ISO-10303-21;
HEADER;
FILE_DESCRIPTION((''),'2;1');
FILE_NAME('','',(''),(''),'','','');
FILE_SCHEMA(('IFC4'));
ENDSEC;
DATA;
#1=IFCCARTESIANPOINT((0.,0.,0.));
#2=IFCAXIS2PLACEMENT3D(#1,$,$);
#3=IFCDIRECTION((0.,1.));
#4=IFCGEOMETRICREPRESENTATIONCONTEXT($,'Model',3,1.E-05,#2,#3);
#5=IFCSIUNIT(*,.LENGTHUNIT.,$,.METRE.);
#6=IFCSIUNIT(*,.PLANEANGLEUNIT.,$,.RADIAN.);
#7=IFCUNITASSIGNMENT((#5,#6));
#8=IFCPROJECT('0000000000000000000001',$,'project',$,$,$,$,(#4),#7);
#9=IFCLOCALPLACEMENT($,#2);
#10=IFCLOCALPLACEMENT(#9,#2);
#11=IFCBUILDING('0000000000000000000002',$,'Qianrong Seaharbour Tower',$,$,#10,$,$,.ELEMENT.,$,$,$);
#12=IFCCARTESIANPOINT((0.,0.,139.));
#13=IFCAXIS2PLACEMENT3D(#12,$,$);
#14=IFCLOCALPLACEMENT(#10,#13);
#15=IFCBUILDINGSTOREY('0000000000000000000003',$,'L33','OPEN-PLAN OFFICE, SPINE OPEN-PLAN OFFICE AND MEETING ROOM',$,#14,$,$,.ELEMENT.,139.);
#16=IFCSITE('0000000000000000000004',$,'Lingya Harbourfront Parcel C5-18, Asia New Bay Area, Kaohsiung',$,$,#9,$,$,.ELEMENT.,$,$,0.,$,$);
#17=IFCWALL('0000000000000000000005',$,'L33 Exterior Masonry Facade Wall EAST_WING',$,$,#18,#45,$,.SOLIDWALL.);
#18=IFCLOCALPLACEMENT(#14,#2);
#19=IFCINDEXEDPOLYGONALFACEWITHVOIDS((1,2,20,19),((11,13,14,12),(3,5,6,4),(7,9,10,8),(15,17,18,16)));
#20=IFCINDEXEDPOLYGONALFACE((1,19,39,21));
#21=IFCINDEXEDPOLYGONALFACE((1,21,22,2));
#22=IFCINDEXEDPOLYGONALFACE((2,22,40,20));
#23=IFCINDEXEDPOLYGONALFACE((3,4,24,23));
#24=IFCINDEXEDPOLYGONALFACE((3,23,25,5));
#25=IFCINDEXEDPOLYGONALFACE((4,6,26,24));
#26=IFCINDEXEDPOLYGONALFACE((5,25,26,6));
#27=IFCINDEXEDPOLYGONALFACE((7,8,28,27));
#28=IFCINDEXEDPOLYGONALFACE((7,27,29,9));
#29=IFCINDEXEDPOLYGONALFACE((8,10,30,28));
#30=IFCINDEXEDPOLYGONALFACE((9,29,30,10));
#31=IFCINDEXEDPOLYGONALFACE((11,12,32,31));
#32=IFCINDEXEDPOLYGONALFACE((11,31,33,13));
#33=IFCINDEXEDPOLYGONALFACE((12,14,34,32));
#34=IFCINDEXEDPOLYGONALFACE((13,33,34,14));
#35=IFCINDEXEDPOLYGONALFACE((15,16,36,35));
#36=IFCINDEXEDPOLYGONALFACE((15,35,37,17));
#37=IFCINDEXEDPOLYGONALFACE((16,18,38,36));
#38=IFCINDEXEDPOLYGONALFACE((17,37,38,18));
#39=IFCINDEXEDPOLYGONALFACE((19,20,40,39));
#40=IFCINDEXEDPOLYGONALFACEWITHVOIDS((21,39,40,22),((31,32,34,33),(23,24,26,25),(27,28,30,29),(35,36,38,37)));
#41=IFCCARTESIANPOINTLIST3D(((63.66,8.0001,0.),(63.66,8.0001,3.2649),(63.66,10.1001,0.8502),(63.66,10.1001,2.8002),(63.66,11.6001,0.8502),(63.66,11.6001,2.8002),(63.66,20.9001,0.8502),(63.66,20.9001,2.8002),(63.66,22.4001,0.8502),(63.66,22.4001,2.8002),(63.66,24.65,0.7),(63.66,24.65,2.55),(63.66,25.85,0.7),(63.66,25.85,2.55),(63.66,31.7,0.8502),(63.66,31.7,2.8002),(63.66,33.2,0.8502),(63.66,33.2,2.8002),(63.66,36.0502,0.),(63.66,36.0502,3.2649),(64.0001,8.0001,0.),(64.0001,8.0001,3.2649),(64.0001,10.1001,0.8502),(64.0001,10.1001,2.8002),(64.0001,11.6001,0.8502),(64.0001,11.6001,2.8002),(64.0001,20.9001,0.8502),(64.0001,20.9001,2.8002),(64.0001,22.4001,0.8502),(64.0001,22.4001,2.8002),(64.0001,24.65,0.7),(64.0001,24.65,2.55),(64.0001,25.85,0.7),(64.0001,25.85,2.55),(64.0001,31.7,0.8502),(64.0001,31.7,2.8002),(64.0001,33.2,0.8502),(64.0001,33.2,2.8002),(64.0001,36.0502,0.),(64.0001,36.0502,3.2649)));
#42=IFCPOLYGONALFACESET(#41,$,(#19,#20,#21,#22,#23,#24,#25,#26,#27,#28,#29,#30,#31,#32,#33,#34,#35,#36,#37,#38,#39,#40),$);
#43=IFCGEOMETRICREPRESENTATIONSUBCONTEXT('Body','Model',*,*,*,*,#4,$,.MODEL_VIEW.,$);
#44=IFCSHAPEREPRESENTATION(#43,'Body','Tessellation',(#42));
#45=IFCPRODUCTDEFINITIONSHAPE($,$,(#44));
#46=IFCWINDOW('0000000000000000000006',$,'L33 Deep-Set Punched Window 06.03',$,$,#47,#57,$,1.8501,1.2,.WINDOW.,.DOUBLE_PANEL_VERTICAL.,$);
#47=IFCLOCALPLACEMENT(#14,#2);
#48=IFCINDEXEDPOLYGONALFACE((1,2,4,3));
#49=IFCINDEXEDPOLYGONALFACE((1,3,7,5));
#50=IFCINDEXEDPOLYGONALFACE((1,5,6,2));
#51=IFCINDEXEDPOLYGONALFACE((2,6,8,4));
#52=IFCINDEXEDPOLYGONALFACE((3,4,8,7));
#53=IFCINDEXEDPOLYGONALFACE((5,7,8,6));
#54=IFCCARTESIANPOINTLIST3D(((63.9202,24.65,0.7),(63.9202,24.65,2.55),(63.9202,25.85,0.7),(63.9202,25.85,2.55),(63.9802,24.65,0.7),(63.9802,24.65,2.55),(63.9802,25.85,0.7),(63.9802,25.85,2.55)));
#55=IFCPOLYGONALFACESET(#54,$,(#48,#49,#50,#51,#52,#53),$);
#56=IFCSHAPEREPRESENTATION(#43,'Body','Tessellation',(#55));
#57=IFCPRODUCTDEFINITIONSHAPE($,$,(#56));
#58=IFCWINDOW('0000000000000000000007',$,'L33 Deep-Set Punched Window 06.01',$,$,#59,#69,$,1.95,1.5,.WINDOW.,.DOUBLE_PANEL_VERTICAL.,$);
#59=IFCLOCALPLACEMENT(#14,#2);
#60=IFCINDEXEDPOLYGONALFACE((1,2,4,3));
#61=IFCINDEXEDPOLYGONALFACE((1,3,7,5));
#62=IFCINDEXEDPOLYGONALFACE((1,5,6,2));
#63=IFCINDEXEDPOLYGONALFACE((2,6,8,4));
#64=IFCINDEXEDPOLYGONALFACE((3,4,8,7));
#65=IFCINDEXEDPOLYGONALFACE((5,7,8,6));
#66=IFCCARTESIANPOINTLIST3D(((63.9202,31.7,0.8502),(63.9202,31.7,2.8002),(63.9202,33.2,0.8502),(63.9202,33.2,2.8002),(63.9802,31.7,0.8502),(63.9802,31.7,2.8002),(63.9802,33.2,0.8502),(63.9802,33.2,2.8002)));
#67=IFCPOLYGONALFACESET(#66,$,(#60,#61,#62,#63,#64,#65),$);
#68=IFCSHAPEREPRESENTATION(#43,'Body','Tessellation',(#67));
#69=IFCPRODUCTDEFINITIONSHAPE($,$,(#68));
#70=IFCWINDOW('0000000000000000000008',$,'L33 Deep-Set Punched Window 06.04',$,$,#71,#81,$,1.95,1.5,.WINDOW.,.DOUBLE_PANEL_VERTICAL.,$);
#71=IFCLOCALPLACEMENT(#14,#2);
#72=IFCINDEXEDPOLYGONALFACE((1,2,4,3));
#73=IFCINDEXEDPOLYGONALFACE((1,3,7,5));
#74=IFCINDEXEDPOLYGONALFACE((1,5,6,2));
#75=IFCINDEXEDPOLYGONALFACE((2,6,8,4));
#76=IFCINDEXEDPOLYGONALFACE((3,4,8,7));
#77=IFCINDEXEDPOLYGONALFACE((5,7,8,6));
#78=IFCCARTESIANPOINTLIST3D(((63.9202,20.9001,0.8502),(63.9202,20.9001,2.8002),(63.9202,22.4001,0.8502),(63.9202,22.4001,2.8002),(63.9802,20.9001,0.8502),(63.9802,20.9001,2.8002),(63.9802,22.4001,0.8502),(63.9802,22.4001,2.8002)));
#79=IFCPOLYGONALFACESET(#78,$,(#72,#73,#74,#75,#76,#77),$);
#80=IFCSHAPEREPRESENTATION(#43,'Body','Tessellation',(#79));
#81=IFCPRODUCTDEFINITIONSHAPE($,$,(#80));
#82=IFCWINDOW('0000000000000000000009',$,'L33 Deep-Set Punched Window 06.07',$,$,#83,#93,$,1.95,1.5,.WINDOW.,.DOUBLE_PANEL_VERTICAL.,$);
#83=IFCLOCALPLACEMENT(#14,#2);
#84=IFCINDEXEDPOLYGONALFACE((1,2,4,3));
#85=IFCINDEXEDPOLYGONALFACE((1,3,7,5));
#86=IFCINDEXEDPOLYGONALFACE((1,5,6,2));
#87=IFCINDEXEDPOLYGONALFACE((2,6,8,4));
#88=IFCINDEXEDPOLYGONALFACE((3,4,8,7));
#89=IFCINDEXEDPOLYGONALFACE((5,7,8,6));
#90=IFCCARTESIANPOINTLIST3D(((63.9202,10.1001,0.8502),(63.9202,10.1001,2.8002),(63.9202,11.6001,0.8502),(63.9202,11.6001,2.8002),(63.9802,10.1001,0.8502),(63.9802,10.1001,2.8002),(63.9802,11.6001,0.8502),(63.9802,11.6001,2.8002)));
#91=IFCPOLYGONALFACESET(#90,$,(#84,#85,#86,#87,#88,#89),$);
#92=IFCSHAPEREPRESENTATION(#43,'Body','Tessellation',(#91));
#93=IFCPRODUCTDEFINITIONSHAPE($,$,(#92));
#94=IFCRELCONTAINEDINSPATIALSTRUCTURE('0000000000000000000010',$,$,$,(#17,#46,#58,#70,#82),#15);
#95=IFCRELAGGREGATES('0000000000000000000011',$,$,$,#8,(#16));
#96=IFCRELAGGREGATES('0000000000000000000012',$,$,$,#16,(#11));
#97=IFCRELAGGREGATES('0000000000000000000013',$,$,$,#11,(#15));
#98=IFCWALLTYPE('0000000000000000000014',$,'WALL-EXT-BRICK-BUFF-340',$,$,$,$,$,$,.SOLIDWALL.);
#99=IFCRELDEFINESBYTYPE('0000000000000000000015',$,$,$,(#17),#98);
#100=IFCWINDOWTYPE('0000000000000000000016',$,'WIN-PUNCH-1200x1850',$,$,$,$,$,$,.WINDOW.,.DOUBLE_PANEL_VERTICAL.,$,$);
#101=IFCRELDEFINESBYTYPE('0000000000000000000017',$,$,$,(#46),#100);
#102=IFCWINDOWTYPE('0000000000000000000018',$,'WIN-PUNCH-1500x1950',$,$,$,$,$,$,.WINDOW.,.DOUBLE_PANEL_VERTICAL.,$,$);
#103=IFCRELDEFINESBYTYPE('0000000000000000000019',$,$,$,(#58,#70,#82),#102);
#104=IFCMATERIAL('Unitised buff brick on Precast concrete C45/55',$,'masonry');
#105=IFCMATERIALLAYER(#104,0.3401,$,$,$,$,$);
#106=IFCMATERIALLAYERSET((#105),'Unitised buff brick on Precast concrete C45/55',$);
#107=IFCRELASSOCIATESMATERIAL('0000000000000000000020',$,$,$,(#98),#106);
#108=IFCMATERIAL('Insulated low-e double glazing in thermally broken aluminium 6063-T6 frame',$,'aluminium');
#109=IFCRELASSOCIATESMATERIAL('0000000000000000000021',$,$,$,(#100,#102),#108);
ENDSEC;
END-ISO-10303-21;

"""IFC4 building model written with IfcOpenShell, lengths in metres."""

from ifc_helpers import new_model, si_unit, direction, frame, frame_2d, origin, place, context, subcontext, project, spatial, rectangle, extrude, material, layer, layer_set, type_object, element, fill, save


model = new_model("IFC4")

# Units and contexts
model_context = context("Model", 3, precision=1e-05, world=origin(), true_north=direction((0.0, 1.0)))
body_context = subcontext(model_context, "Body", "Model", "MODEL_VIEW")
ifc_project = project(units=[si_unit("LENGTHUNIT", "METRE"), si_unit("PLANEANGLEUNIT", "RADIAN")], contexts=[model_context])

# Site, building, storey
site_placement = place(None, origin())
site = spatial("IfcSite", under=ifc_project, at=site_placement, Name="Lingya Harbourfront Parcel C5-18, Asia New Bay Area, Kaohsiung", CompositionType="ELEMENT", RefElevation=0.0)
building_placement = place(site_placement, origin())
building = spatial("IfcBuilding", under=site, at=building_placement, Name="Qianrong Seaharbour Tower", CompositionType="ELEMENT")
storey_placement = place(building_placement, frame((0.0, 0.0, 139.0)))
storey = spatial("IfcBuildingStorey", under=building, at=storey_placement, Name="L33", Description="OPEN-PLAN OFFICE, SPINE OPEN-PLAN OFFICE AND MEETING ROOM", CompositionType="ELEMENT", Elevation=139.0)

# Wall, openings, windows
ifc_material_1 = material(Name="Unitised buff brick on Precast concrete C45/55", Category="masonry")
ifc_layer_1 = layer(ifc_material_1, 0.3401)
ifc_layer_set_1 = layer_set([ifc_layer_1], Name="Unitised buff brick on Precast concrete C45/55")
wall_type_1 = type_object("IfcWallType", Name="WALL-EXT-BRICK-BUFF-340", PredefinedType="SOLIDWALL", material=ifc_layer_set_1)
wall_1_placement = place(storey_placement, frame((63.8301, 36.05, 0.0), z_axis=(0.0, 0.0, 1.0), x_axis=(0.0, -1.0, 0.0)))
wall_1 = element("IfcWall", 1, at=wall_1_placement, inside=storey, type_object=wall_type_1, Name="L33 Exterior Masonry Facade Wall EAST_WING", PredefinedType="SOLIDWALL", context=body_context, shape_type="SweptSolid", body=[
    extrude(rectangle(XDim=28.05, YDim=0.3401, at=frame_2d((14.0249, 0.0))), origin(), (0.0, 0.0, 1.0), 3.2649),
])
opening_1_placement = place(wall_1_placement, frame((2.8501, 0.0, 0.8501)))
opening_1 = element("IfcOpeningElement", 2, at=opening_1_placement, cuts=wall_1, PredefinedType="OPENING", context=body_context, shape_type="SweptSolid", body=[
    extrude(rectangle(XDim=1.5, YDim=1.95, at=frame_2d((0.75, 0.9751))), frame((0.0, 0.1802, 0.0), z_axis=(0.0, -1.0, 0.0), x_axis=(1.0, 0.0, 0.0)), (0.0, 0.0, 1.0), 0.3601),
])
opening_2_placement = place(wall_1_placement, frame((10.2, 0.0, 0.7)))
opening_2 = element("IfcOpeningElement", 3, at=opening_2_placement, cuts=wall_1, PredefinedType="OPENING", context=body_context, shape_type="SweptSolid", body=[
    extrude(rectangle(XDim=1.2, YDim=1.8501, at=frame_2d((0.6001, 0.925))), frame((0.0, 0.1802, 0.0), z_axis=(0.0, -1.0, 0.0), x_axis=(1.0, 0.0, 0.0)), (0.0, 0.0, 1.0), 0.3601),
])
opening_3_placement = place(wall_1_placement, frame((13.6499, 0.0, 0.8501)))
opening_3 = element("IfcOpeningElement", 4, at=opening_3_placement, cuts=wall_1, PredefinedType="OPENING", context=body_context, shape_type="SweptSolid", body=[
    extrude(rectangle(XDim=1.5, YDim=1.95, at=frame_2d((0.75, 0.9751))), frame((0.0, 0.1802, 0.0), z_axis=(0.0, -1.0, 0.0), x_axis=(1.0, 0.0, 0.0)), (0.0, 0.0, 1.0), 0.3601),
])
opening_4_placement = place(wall_1_placement, frame((24.45, 0.0, 0.8501)))
opening_4 = element("IfcOpeningElement", 5, at=opening_4_placement, cuts=wall_1, PredefinedType="OPENING", context=body_context, shape_type="SweptSolid", body=[
    extrude(rectangle(XDim=1.5, YDim=1.95, at=frame_2d((0.75, 0.9751))), frame((0.0, 0.1802, 0.0), z_axis=(0.0, -1.0, 0.0), x_axis=(1.0, 0.0, 0.0)), (0.0, 0.0, 1.0), 0.3601),
])
ifc_material_2 = material(Name="Insulated low-e double glazing in thermally broken aluminium 6063-T6 frame", Category="aluminium")
window_type_1 = type_object("IfcWindowType", Name="WIN-PUNCH-1200x1850", PartitioningType="DOUBLE_PANEL_VERTICAL", PredefinedType="WINDOW", material=ifc_material_2)
window_1_placement = place(opening_2_placement, origin())
window_1 = element("IfcWindow", 6, at=window_1_placement, inside=storey, type_object=window_type_1, Name="L33 Deep-Set Punched Window 06.03", OverallHeight=1.8501, OverallWidth=1.2, PartitioningType="DOUBLE_PANEL_VERTICAL", PredefinedType="WINDOW", context=body_context, shape_type="SweptSolid", body=[
    extrude(rectangle(XDim=1.2, YDim=1.8501, at=frame_2d((0.6001, 0.925))), frame((0.0, 0.1501, 0.0), z_axis=(0.0, -1.0, 0.0), x_axis=(1.0, 0.0, 0.0)), (0.0, 0.0, 1.0), 0.0601),
])
fill(opening_2, window_1)
window_type_2 = type_object("IfcWindowType", Name="WIN-PUNCH-1500x1950", PartitioningType="DOUBLE_PANEL_VERTICAL", PredefinedType="WINDOW", material=ifc_material_2)
window_2_placement = place(opening_1_placement, origin())
window_2 = element("IfcWindow", 7, at=window_2_placement, inside=storey, type_object=window_type_2, Name="L33 Deep-Set Punched Window 06.01", OverallHeight=1.95, OverallWidth=1.5, PartitioningType="DOUBLE_PANEL_VERTICAL", PredefinedType="WINDOW", context=body_context, shape_type="SweptSolid", body=[
    extrude(rectangle(XDim=1.5, YDim=1.95, at=frame_2d((0.75, 0.9751))), frame((0.0, 0.1501, 0.0), z_axis=(0.0, -1.0, 0.0), x_axis=(1.0, 0.0, 0.0)), (0.0, 0.0, 1.0), 0.0601),
])
fill(opening_1, window_2)
window_3_placement = place(opening_3_placement, origin())
window_3 = element("IfcWindow", 8, at=window_3_placement, inside=storey, type_object=window_type_2, Name="L33 Deep-Set Punched Window 06.04", OverallHeight=1.95, OverallWidth=1.5, PartitioningType="DOUBLE_PANEL_VERTICAL", PredefinedType="WINDOW", context=body_context, shape_type="SweptSolid", body=[
    extrude(rectangle(XDim=1.5, YDim=1.95, at=frame_2d((0.75, 0.9751))), frame((0.0, 0.1501, 0.0), z_axis=(0.0, -1.0, 0.0), x_axis=(1.0, 0.0, 0.0)), (0.0, 0.0, 1.0), 0.0601),
])
fill(opening_3, window_3)
window_4_placement = place(opening_4_placement, origin())
window_4 = element("IfcWindow", 9, at=window_4_placement, inside=storey, type_object=window_type_2, Name="L33 Deep-Set Punched Window 06.07", OverallHeight=1.95, OverallWidth=1.5, PartitioningType="DOUBLE_PANEL_VERTICAL", PredefinedType="WINDOW", context=body_context, shape_type="SweptSolid", body=[
    extrude(rectangle(XDim=1.5, YDim=1.95, at=frame_2d((0.75, 0.9751))), frame((0.0, 0.1501, 0.0), z_axis=(0.0, -1.0, 0.0), x_axis=(1.0, 0.0, 0.0)), (0.0, 0.0, 1.0), 0.0601),
])
fill(opening_4, window_4)

save(model, "model.ifc")
